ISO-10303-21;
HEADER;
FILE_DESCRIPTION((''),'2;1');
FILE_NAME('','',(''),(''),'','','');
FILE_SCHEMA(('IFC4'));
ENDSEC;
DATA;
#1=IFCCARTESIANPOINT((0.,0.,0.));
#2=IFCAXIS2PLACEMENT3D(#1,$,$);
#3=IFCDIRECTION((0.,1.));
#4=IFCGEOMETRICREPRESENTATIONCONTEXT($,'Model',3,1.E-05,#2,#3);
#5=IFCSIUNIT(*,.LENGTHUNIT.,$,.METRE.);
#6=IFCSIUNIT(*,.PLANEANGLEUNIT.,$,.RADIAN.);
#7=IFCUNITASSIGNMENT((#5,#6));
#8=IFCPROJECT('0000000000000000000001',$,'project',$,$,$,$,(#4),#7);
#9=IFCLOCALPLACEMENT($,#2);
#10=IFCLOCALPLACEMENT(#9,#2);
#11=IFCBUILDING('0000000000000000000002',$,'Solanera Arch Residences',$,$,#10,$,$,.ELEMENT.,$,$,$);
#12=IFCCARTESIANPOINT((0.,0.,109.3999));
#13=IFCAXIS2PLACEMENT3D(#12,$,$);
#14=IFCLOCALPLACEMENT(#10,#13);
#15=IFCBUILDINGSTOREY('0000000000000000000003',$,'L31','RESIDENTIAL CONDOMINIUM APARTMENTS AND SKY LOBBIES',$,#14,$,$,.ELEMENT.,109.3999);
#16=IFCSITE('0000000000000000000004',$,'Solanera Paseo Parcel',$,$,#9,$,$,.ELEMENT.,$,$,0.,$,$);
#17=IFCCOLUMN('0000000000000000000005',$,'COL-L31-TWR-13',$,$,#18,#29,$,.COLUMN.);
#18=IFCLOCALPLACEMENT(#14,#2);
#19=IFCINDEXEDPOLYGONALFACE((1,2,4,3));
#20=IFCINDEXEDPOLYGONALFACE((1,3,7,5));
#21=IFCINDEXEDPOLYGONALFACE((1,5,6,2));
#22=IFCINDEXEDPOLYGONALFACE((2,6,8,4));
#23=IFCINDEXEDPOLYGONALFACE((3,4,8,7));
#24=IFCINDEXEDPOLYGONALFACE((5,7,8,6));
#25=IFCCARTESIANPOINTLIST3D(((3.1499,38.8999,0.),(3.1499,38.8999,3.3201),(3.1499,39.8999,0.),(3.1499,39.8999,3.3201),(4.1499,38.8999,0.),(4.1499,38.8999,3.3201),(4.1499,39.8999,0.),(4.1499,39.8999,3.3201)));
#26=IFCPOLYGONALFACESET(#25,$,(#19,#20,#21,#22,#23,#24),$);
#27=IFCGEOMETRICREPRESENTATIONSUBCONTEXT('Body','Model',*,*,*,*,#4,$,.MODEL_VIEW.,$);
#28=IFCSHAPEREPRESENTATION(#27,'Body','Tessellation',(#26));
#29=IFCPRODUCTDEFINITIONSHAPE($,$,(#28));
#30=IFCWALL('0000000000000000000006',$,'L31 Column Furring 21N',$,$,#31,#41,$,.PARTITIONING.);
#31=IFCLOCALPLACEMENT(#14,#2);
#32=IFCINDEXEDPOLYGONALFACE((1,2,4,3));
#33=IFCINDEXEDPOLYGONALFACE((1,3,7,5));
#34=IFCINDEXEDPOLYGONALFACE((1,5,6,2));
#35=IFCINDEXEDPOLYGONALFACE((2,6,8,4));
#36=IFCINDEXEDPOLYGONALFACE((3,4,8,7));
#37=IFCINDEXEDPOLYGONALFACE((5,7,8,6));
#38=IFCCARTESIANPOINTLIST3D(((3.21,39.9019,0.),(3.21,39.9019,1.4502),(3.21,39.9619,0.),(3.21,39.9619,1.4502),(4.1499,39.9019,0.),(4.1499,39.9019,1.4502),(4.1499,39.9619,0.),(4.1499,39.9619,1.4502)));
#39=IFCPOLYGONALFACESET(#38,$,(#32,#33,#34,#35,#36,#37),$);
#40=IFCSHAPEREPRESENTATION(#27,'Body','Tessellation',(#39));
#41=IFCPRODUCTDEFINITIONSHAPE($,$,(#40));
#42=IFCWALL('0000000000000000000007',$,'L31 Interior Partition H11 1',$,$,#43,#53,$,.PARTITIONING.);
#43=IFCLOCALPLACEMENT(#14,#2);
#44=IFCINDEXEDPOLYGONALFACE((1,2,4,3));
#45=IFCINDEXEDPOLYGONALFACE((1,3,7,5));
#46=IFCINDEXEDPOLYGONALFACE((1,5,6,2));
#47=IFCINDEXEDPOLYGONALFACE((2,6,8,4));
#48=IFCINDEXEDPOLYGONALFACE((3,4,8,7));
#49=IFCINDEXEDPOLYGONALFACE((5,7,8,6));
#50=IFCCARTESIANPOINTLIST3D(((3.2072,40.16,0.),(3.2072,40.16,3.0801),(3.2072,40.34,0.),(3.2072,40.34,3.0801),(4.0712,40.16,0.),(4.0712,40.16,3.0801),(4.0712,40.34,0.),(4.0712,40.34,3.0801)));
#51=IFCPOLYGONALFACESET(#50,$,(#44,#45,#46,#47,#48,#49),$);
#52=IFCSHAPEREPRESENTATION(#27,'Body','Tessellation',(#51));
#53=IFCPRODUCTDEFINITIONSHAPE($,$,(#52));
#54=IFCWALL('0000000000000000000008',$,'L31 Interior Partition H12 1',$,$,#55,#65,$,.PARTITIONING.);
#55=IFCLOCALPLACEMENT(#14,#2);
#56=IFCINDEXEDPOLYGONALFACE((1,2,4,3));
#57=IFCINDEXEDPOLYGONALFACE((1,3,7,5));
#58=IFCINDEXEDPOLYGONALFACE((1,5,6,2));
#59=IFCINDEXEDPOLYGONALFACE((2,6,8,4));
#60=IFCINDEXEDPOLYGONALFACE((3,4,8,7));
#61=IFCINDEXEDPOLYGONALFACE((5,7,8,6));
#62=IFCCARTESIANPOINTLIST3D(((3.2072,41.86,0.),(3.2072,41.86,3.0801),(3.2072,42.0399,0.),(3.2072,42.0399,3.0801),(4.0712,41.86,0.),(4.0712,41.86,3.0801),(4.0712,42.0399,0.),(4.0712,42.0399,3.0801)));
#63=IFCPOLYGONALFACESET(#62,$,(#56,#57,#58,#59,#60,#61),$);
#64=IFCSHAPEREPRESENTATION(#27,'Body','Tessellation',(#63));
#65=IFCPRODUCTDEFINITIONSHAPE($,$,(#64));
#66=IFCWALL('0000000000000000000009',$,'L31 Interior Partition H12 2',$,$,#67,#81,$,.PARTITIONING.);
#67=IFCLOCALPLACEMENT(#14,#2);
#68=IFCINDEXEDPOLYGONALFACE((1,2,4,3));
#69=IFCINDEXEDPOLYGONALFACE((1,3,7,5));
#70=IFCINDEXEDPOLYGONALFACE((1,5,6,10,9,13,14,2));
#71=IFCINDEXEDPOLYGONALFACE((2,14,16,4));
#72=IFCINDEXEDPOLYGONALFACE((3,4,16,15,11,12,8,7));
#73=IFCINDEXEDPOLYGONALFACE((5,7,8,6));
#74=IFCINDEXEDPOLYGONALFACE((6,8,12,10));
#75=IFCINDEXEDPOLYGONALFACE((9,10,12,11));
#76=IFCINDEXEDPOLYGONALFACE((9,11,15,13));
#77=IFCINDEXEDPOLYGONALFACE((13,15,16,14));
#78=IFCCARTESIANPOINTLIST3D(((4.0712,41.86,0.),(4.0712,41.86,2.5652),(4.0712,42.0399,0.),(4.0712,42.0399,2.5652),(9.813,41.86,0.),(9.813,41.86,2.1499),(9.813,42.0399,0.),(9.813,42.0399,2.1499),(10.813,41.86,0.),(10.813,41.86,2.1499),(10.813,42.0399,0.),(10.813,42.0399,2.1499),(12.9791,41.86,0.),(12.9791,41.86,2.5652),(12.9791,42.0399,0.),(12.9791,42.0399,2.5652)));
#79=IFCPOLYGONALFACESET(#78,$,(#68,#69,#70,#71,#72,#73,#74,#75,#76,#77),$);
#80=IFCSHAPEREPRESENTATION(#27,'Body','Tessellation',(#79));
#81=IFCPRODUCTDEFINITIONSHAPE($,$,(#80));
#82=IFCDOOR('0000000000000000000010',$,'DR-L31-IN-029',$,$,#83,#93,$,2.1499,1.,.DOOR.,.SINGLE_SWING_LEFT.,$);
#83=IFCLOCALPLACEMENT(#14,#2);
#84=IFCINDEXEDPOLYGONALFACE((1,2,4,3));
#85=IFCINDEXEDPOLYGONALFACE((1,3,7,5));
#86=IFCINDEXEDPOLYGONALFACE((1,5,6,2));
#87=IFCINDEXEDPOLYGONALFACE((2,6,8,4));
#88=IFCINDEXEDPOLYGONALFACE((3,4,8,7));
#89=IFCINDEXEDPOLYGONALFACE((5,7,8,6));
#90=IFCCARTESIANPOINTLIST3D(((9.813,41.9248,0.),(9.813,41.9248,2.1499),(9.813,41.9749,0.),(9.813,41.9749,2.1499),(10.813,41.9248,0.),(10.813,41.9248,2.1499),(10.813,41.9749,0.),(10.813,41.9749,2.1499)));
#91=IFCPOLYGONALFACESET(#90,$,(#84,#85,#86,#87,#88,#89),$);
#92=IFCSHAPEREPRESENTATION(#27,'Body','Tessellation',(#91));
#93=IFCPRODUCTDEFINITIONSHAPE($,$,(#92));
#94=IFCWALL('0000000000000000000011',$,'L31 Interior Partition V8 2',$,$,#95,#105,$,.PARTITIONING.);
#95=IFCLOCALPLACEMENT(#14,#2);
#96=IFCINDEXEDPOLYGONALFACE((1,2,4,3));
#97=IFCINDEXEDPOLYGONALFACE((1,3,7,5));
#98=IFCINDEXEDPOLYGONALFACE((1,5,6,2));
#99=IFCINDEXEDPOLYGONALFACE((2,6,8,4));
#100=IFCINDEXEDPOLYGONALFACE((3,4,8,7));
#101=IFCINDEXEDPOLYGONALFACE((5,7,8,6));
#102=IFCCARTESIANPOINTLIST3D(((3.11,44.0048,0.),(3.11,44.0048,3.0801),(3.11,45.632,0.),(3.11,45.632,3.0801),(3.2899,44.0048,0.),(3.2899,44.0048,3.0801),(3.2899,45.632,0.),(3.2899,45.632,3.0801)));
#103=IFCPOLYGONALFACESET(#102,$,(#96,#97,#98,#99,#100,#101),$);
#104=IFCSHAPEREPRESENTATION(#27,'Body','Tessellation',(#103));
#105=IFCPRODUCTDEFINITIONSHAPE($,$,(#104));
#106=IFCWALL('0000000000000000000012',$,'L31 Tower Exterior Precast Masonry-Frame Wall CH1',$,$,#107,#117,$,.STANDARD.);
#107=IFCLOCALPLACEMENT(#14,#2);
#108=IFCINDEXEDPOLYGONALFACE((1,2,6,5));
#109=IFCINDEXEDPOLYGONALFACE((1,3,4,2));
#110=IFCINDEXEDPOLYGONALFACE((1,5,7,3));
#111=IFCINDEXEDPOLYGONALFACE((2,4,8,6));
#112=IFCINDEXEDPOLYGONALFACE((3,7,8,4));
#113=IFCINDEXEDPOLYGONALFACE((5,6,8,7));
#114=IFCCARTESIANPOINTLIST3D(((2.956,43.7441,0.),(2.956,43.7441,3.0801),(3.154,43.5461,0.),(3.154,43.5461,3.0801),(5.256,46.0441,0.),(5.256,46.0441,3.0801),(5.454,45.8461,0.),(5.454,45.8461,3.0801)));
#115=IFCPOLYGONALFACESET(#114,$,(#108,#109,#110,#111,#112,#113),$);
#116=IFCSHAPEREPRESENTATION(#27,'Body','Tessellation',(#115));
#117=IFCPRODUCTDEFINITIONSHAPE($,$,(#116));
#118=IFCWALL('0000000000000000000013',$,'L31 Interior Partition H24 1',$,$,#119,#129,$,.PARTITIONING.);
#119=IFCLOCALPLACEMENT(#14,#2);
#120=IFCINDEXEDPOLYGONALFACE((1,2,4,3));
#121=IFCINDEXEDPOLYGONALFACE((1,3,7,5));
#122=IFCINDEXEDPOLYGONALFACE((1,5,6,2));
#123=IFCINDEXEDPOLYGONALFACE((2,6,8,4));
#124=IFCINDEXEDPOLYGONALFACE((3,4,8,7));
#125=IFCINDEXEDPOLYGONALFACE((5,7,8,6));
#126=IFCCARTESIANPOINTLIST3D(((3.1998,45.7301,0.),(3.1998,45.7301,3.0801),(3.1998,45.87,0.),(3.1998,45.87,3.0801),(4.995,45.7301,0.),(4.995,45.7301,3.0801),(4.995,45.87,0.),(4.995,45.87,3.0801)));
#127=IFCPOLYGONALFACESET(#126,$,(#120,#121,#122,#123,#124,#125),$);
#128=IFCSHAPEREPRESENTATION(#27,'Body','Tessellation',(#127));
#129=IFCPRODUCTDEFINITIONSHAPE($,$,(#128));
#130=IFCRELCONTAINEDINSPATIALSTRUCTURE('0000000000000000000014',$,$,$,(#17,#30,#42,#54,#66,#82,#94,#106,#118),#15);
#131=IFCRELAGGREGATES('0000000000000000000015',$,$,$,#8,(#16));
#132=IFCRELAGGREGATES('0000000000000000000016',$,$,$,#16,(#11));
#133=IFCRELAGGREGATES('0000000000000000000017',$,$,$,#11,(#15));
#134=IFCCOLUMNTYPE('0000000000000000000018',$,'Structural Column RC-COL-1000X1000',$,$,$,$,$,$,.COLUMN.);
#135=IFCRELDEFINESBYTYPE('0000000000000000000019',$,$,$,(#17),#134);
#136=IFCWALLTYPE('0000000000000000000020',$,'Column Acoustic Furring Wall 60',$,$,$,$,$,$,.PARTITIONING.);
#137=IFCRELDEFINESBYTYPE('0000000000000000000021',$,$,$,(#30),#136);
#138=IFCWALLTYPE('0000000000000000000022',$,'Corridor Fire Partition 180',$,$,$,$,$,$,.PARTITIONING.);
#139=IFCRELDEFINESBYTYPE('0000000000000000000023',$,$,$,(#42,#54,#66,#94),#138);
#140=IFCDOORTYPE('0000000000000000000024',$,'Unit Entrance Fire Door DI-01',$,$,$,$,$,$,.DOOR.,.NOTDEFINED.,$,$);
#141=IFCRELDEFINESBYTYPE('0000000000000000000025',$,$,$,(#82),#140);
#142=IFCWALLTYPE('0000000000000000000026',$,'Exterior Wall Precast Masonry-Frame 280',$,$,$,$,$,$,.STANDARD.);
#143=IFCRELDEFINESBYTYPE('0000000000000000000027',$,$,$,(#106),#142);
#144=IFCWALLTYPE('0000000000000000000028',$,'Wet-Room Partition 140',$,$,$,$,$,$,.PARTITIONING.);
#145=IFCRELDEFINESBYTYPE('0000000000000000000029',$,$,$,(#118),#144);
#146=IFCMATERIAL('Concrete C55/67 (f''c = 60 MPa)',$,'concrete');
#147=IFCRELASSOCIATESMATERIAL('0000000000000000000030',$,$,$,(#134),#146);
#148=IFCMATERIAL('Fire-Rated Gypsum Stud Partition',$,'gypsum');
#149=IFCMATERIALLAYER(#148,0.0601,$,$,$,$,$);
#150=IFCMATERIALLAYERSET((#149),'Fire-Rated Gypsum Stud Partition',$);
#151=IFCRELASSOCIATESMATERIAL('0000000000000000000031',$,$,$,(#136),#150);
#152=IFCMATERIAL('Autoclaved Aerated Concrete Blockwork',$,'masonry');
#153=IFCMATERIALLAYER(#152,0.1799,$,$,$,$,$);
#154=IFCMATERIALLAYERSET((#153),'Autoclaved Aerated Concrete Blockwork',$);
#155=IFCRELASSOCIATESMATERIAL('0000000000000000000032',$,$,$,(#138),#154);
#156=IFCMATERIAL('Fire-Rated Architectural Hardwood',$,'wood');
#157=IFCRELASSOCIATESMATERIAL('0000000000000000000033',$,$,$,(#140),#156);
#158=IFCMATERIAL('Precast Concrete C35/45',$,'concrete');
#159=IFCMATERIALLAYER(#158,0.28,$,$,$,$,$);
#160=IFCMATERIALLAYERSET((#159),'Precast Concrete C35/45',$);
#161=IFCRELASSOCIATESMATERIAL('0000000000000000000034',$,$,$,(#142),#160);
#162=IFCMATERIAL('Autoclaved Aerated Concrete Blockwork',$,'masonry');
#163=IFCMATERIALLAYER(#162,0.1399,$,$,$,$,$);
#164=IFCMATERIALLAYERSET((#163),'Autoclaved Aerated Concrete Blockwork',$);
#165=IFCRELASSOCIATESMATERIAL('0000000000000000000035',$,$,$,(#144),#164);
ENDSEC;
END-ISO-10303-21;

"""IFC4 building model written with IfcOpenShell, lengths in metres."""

from ifc_helpers import new_model, si_unit, direction, frame, frame_2d, origin, origin_2d, place, context, subcontext, project, spatial, rectangle, extrude, material, layer, layer_set, material_profile, profile_set, type_object, element, fill, save


model = new_model("IFC4")

# Units and contexts
model_context = context("Model", 3, precision=1e-05, world=origin(), true_north=direction((0.0, 1.0)))
body_context = subcontext(model_context, "Body", "Model", "MODEL_VIEW")
ifc_project = project(units=[si_unit("LENGTHUNIT", "METRE"), si_unit("PLANEANGLEUNIT", "RADIAN")], contexts=[model_context])

# Site, building, storey
site_placement = place(None, origin())
site = spatial("IfcSite", under=ifc_project, at=site_placement, Name="Solanera Paseo Parcel", CompositionType="ELEMENT", RefElevation=0.0)
building_placement = place(site_placement, origin())
building = spatial("IfcBuilding", under=site, at=building_placement, Name="Solanera Arch Residences", CompositionType="ELEMENT")
storey_placement = place(building_placement, frame((0.0, 0.0, 109.3999)))
storey = spatial("IfcBuildingStorey", under=building, at=storey_placement, Name="L31", Description="RESIDENTIAL CONDOMINIUM APARTMENTS AND SKY LOBBIES", CompositionType="ELEMENT", Elevation=109.3999)

# Column
ifc_material_1 = material(Name="Concrete C55/67 (f'c = 60 MPa)", Category="concrete")
ifc_material_profile = material_profile(ifc_material_1, rectangle(XDim=1.0, YDim=1.0, at=origin_2d()))
ifc_profile_set = profile_set([ifc_material_profile], Name="Concrete C55/67 (f'c = 60 MPa)")
column_type = type_object("IfcColumnType", Name="Structural Column RC-COL-1000X1000", PredefinedType="COLUMN", material=ifc_profile_set)
column_placement = place(storey_placement, frame((3.6499, 39.3999, 0.0), z_axis=(0.0, 0.0, 1.0), x_axis=(1.0, 0.0, 0.0)))
element("IfcColumn", 1, at=column_placement, inside=storey, type_object=column_type, Name="COL-L31-TWR-13", PredefinedType="COLUMN", context=body_context, shape_type="SweptSolid", body=[
    extrude(rectangle(XDim=1.0, YDim=1.0, at=origin_2d()), origin(), (0.0, 0.0, 1.0), 3.3201),
])

# Walls
ifc_material_2 = material(Name="Fire-Rated Gypsum Stud Partition", Category="gypsum")
ifc_layer_1 = layer(ifc_material_2, 0.0601)
ifc_layer_set_1 = layer_set([ifc_layer_1], Name="Fire-Rated Gypsum Stud Partition")
wall_type_1 = type_object("IfcWallType", Name="Column Acoustic Furring Wall 60", PredefinedType="PARTITIONING", material=ifc_layer_set_1)
wall_1_placement = place(storey_placement, frame((3.21, 39.9319, 0.0), z_axis=(0.0, 0.0, 1.0), x_axis=(1.0, 0.0, 0.0)))
element("IfcWall", 2, at=wall_1_placement, inside=storey, type_object=wall_type_1, Name="L31 Column Furring 21N", PredefinedType="PARTITIONING", context=body_context, shape_type="SweptSolid", body=[
    extrude(rectangle(XDim=0.9399, YDim=0.0601, at=frame_2d((0.47, 0.0))), origin(), (0.0, 0.0, 1.0), 1.4502),
])
ifc_material_3 = material(Name="Autoclaved Aerated Concrete Blockwork", Category="masonry")
ifc_layer_2 = layer(ifc_material_3, 0.1799)
ifc_layer_set_2 = layer_set([ifc_layer_2], Name="Autoclaved Aerated Concrete Blockwork")
wall_type_2 = type_object("IfcWallType", Name="Corridor Fire Partition 180", PredefinedType="PARTITIONING", material=ifc_layer_set_2)
wall_2_placement = place(storey_placement, frame((3.207, 40.25, 0.0), z_axis=(0.0, 0.0, 1.0), x_axis=(1.0, 0.0, 0.0)))
element("IfcWall", 3, at=wall_2_placement, inside=storey, type_object=wall_type_2, Name="L31 Interior Partition H11 1", PredefinedType="PARTITIONING", context=body_context, shape_type="SweptSolid", body=[
    extrude(rectangle(XDim=0.864, YDim=0.1799, at=frame_2d((0.4321, 0.0))), origin(), (0.0, 0.0, 1.0), 3.0801),
])

# Wall
wall_3_placement = place(storey_placement, frame((3.207, 41.95, 0.0), z_axis=(0.0, 0.0, 1.0), x_axis=(1.0, 0.0, 0.0)))
element("IfcWall", 4, at=wall_3_placement, inside=storey, type_object=wall_type_2, Name="L31 Interior Partition H12 1", PredefinedType="PARTITIONING", context=body_context, shape_type="SweptSolid", body=[
    extrude(rectangle(XDim=0.864, YDim=0.1799, at=frame_2d((0.4321, 0.0))), origin(), (0.0, 0.0, 1.0), 3.0801),
])

# Wall, opening, door
wall_4_placement = place(storey_placement, frame((4.071, 41.95, 0.0), z_axis=(0.0, 0.0, 1.0), x_axis=(1.0, 0.0, 0.0)))
wall_4 = element("IfcWall", 5, at=wall_4_placement, inside=storey, type_object=wall_type_2, Name="L31 Interior Partition H12 2", PredefinedType="PARTITIONING", context=body_context, shape_type="SweptSolid", body=[
    extrude(rectangle(XDim=8.908, YDim=0.1799, at=frame_2d((4.4541, 0.0))), origin(), (0.0, 0.0, 1.0), 2.5652),
])
opening_1_placement = place(wall_4_placement, frame((5.7419, 0.0, 0.0)))
opening_1 = element("IfcOpeningElement", 6, at=opening_1_placement, cuts=wall_4, PredefinedType="OPENING", context=body_context, shape_type="SweptSolid", body=[
    extrude(rectangle(XDim=1.0, YDim=2.1499, at=frame_2d((0.5, 1.075))), frame((0.0, 0.1001, 0.0), z_axis=(0.0, -1.0, 0.0), x_axis=(1.0, 0.0, 0.0)), (0.0, 0.0, 1.0), 0.1999),
])
ifc_material_4 = material(Name="Fire-Rated Architectural Hardwood", Category="wood")
door_type_1 = type_object("IfcDoorType", Name="Unit Entrance Fire Door DI-01", OperationType="NOTDEFINED", PredefinedType="DOOR", material=ifc_material_4)
door_1_placement = place(opening_1_placement, origin())
door_1 = element("IfcDoor", 7, at=door_1_placement, inside=storey, type_object=door_type_1, Name="DR-L31-IN-029", OperationType="SINGLE_SWING_LEFT", OverallHeight=2.1499, OverallWidth=1.0, PredefinedType="DOOR", context=body_context, shape_type="SweptSolid", body=[
    extrude(rectangle(XDim=1.0, YDim=2.1499, at=frame_2d((0.5, 1.075))), frame((0.0, 0.0249, 0.0), z_axis=(0.0, -1.0, 0.0), x_axis=(1.0, 0.0, 0.0)), (0.0, 0.0, 1.0), 0.05),
])
fill(opening_1, door_1)

# Walls
wall_5_placement = place(storey_placement, frame((3.2, 44.0049, 0.0), z_axis=(0.0, 0.0, 1.0), x_axis=(0.0, 1.0, 0.0)))
element("IfcWall", 8, at=wall_5_placement, inside=storey, type_object=wall_type_2, Name="L31 Interior Partition V8 2", PredefinedType="PARTITIONING", context=body_context, shape_type="SweptSolid", body=[
    extrude(rectangle(XDim=1.6272, YDim=0.1799, at=frame_2d((0.8135, 0.0))), origin(), (0.0, 0.0, 1.0), 3.0801),
])
ifc_material_5 = material(Name="Precast Concrete C35/45", Category="concrete")
ifc_layer_3 = layer(ifc_material_5, 0.28)
ifc_layer_set_3 = layer_set([ifc_layer_3], Name="Precast Concrete C35/45")
wall_type_3 = type_object("IfcWallType", Name="Exterior Wall Precast Masonry-Frame 280", PredefinedType="STANDARD", material=ifc_layer_set_3)
wall_6_placement = place(storey_placement, frame((3.0549, 43.645, 0.0), z_axis=(0.0, 0.0, 1.0), x_axis=(0.707107, 0.707107, 0.0)))
element("IfcWall", 9, at=wall_6_placement, inside=storey, type_object=wall_type_3, Name="L31 Tower Exterior Precast Masonry-Frame Wall CH1", PredefinedType="STANDARD", context=body_context, shape_type="SweptSolid", body=[
    extrude(rectangle(XDim=3.2527, YDim=0.28, at=frame_2d((1.6265, 0.0))), origin(), (0.0, 0.0, 1.0), 3.0801),
])
ifc_material_6 = material(Name="Autoclaved Aerated Concrete Blockwork", Category="masonry")
ifc_layer_4 = layer(ifc_material_6, 0.1399)
ifc_layer_set_4 = layer_set([ifc_layer_4], Name="Autoclaved Aerated Concrete Blockwork")
wall_type_4 = type_object("IfcWallType", Name="Wet-Room Partition 140", PredefinedType="PARTITIONING", material=ifc_layer_set_4)
wall_7_placement = place(storey_placement, frame((3.2, 45.8, 0.0), z_axis=(0.0, 0.0, 1.0), x_axis=(1.0, 0.0, 0.0)))
element("IfcWall", 10, at=wall_7_placement, inside=storey, type_object=wall_type_4, Name="L31 Interior Partition H24 1", PredefinedType="PARTITIONING", context=body_context, shape_type="SweptSolid", body=[
    extrude(rectangle(XDim=1.7952, YDim=0.1399, at=frame_2d((0.8975, 0.0))), origin(), (0.0, 0.0, 1.0), 3.0801),
])

save(model, "model.ifc")
